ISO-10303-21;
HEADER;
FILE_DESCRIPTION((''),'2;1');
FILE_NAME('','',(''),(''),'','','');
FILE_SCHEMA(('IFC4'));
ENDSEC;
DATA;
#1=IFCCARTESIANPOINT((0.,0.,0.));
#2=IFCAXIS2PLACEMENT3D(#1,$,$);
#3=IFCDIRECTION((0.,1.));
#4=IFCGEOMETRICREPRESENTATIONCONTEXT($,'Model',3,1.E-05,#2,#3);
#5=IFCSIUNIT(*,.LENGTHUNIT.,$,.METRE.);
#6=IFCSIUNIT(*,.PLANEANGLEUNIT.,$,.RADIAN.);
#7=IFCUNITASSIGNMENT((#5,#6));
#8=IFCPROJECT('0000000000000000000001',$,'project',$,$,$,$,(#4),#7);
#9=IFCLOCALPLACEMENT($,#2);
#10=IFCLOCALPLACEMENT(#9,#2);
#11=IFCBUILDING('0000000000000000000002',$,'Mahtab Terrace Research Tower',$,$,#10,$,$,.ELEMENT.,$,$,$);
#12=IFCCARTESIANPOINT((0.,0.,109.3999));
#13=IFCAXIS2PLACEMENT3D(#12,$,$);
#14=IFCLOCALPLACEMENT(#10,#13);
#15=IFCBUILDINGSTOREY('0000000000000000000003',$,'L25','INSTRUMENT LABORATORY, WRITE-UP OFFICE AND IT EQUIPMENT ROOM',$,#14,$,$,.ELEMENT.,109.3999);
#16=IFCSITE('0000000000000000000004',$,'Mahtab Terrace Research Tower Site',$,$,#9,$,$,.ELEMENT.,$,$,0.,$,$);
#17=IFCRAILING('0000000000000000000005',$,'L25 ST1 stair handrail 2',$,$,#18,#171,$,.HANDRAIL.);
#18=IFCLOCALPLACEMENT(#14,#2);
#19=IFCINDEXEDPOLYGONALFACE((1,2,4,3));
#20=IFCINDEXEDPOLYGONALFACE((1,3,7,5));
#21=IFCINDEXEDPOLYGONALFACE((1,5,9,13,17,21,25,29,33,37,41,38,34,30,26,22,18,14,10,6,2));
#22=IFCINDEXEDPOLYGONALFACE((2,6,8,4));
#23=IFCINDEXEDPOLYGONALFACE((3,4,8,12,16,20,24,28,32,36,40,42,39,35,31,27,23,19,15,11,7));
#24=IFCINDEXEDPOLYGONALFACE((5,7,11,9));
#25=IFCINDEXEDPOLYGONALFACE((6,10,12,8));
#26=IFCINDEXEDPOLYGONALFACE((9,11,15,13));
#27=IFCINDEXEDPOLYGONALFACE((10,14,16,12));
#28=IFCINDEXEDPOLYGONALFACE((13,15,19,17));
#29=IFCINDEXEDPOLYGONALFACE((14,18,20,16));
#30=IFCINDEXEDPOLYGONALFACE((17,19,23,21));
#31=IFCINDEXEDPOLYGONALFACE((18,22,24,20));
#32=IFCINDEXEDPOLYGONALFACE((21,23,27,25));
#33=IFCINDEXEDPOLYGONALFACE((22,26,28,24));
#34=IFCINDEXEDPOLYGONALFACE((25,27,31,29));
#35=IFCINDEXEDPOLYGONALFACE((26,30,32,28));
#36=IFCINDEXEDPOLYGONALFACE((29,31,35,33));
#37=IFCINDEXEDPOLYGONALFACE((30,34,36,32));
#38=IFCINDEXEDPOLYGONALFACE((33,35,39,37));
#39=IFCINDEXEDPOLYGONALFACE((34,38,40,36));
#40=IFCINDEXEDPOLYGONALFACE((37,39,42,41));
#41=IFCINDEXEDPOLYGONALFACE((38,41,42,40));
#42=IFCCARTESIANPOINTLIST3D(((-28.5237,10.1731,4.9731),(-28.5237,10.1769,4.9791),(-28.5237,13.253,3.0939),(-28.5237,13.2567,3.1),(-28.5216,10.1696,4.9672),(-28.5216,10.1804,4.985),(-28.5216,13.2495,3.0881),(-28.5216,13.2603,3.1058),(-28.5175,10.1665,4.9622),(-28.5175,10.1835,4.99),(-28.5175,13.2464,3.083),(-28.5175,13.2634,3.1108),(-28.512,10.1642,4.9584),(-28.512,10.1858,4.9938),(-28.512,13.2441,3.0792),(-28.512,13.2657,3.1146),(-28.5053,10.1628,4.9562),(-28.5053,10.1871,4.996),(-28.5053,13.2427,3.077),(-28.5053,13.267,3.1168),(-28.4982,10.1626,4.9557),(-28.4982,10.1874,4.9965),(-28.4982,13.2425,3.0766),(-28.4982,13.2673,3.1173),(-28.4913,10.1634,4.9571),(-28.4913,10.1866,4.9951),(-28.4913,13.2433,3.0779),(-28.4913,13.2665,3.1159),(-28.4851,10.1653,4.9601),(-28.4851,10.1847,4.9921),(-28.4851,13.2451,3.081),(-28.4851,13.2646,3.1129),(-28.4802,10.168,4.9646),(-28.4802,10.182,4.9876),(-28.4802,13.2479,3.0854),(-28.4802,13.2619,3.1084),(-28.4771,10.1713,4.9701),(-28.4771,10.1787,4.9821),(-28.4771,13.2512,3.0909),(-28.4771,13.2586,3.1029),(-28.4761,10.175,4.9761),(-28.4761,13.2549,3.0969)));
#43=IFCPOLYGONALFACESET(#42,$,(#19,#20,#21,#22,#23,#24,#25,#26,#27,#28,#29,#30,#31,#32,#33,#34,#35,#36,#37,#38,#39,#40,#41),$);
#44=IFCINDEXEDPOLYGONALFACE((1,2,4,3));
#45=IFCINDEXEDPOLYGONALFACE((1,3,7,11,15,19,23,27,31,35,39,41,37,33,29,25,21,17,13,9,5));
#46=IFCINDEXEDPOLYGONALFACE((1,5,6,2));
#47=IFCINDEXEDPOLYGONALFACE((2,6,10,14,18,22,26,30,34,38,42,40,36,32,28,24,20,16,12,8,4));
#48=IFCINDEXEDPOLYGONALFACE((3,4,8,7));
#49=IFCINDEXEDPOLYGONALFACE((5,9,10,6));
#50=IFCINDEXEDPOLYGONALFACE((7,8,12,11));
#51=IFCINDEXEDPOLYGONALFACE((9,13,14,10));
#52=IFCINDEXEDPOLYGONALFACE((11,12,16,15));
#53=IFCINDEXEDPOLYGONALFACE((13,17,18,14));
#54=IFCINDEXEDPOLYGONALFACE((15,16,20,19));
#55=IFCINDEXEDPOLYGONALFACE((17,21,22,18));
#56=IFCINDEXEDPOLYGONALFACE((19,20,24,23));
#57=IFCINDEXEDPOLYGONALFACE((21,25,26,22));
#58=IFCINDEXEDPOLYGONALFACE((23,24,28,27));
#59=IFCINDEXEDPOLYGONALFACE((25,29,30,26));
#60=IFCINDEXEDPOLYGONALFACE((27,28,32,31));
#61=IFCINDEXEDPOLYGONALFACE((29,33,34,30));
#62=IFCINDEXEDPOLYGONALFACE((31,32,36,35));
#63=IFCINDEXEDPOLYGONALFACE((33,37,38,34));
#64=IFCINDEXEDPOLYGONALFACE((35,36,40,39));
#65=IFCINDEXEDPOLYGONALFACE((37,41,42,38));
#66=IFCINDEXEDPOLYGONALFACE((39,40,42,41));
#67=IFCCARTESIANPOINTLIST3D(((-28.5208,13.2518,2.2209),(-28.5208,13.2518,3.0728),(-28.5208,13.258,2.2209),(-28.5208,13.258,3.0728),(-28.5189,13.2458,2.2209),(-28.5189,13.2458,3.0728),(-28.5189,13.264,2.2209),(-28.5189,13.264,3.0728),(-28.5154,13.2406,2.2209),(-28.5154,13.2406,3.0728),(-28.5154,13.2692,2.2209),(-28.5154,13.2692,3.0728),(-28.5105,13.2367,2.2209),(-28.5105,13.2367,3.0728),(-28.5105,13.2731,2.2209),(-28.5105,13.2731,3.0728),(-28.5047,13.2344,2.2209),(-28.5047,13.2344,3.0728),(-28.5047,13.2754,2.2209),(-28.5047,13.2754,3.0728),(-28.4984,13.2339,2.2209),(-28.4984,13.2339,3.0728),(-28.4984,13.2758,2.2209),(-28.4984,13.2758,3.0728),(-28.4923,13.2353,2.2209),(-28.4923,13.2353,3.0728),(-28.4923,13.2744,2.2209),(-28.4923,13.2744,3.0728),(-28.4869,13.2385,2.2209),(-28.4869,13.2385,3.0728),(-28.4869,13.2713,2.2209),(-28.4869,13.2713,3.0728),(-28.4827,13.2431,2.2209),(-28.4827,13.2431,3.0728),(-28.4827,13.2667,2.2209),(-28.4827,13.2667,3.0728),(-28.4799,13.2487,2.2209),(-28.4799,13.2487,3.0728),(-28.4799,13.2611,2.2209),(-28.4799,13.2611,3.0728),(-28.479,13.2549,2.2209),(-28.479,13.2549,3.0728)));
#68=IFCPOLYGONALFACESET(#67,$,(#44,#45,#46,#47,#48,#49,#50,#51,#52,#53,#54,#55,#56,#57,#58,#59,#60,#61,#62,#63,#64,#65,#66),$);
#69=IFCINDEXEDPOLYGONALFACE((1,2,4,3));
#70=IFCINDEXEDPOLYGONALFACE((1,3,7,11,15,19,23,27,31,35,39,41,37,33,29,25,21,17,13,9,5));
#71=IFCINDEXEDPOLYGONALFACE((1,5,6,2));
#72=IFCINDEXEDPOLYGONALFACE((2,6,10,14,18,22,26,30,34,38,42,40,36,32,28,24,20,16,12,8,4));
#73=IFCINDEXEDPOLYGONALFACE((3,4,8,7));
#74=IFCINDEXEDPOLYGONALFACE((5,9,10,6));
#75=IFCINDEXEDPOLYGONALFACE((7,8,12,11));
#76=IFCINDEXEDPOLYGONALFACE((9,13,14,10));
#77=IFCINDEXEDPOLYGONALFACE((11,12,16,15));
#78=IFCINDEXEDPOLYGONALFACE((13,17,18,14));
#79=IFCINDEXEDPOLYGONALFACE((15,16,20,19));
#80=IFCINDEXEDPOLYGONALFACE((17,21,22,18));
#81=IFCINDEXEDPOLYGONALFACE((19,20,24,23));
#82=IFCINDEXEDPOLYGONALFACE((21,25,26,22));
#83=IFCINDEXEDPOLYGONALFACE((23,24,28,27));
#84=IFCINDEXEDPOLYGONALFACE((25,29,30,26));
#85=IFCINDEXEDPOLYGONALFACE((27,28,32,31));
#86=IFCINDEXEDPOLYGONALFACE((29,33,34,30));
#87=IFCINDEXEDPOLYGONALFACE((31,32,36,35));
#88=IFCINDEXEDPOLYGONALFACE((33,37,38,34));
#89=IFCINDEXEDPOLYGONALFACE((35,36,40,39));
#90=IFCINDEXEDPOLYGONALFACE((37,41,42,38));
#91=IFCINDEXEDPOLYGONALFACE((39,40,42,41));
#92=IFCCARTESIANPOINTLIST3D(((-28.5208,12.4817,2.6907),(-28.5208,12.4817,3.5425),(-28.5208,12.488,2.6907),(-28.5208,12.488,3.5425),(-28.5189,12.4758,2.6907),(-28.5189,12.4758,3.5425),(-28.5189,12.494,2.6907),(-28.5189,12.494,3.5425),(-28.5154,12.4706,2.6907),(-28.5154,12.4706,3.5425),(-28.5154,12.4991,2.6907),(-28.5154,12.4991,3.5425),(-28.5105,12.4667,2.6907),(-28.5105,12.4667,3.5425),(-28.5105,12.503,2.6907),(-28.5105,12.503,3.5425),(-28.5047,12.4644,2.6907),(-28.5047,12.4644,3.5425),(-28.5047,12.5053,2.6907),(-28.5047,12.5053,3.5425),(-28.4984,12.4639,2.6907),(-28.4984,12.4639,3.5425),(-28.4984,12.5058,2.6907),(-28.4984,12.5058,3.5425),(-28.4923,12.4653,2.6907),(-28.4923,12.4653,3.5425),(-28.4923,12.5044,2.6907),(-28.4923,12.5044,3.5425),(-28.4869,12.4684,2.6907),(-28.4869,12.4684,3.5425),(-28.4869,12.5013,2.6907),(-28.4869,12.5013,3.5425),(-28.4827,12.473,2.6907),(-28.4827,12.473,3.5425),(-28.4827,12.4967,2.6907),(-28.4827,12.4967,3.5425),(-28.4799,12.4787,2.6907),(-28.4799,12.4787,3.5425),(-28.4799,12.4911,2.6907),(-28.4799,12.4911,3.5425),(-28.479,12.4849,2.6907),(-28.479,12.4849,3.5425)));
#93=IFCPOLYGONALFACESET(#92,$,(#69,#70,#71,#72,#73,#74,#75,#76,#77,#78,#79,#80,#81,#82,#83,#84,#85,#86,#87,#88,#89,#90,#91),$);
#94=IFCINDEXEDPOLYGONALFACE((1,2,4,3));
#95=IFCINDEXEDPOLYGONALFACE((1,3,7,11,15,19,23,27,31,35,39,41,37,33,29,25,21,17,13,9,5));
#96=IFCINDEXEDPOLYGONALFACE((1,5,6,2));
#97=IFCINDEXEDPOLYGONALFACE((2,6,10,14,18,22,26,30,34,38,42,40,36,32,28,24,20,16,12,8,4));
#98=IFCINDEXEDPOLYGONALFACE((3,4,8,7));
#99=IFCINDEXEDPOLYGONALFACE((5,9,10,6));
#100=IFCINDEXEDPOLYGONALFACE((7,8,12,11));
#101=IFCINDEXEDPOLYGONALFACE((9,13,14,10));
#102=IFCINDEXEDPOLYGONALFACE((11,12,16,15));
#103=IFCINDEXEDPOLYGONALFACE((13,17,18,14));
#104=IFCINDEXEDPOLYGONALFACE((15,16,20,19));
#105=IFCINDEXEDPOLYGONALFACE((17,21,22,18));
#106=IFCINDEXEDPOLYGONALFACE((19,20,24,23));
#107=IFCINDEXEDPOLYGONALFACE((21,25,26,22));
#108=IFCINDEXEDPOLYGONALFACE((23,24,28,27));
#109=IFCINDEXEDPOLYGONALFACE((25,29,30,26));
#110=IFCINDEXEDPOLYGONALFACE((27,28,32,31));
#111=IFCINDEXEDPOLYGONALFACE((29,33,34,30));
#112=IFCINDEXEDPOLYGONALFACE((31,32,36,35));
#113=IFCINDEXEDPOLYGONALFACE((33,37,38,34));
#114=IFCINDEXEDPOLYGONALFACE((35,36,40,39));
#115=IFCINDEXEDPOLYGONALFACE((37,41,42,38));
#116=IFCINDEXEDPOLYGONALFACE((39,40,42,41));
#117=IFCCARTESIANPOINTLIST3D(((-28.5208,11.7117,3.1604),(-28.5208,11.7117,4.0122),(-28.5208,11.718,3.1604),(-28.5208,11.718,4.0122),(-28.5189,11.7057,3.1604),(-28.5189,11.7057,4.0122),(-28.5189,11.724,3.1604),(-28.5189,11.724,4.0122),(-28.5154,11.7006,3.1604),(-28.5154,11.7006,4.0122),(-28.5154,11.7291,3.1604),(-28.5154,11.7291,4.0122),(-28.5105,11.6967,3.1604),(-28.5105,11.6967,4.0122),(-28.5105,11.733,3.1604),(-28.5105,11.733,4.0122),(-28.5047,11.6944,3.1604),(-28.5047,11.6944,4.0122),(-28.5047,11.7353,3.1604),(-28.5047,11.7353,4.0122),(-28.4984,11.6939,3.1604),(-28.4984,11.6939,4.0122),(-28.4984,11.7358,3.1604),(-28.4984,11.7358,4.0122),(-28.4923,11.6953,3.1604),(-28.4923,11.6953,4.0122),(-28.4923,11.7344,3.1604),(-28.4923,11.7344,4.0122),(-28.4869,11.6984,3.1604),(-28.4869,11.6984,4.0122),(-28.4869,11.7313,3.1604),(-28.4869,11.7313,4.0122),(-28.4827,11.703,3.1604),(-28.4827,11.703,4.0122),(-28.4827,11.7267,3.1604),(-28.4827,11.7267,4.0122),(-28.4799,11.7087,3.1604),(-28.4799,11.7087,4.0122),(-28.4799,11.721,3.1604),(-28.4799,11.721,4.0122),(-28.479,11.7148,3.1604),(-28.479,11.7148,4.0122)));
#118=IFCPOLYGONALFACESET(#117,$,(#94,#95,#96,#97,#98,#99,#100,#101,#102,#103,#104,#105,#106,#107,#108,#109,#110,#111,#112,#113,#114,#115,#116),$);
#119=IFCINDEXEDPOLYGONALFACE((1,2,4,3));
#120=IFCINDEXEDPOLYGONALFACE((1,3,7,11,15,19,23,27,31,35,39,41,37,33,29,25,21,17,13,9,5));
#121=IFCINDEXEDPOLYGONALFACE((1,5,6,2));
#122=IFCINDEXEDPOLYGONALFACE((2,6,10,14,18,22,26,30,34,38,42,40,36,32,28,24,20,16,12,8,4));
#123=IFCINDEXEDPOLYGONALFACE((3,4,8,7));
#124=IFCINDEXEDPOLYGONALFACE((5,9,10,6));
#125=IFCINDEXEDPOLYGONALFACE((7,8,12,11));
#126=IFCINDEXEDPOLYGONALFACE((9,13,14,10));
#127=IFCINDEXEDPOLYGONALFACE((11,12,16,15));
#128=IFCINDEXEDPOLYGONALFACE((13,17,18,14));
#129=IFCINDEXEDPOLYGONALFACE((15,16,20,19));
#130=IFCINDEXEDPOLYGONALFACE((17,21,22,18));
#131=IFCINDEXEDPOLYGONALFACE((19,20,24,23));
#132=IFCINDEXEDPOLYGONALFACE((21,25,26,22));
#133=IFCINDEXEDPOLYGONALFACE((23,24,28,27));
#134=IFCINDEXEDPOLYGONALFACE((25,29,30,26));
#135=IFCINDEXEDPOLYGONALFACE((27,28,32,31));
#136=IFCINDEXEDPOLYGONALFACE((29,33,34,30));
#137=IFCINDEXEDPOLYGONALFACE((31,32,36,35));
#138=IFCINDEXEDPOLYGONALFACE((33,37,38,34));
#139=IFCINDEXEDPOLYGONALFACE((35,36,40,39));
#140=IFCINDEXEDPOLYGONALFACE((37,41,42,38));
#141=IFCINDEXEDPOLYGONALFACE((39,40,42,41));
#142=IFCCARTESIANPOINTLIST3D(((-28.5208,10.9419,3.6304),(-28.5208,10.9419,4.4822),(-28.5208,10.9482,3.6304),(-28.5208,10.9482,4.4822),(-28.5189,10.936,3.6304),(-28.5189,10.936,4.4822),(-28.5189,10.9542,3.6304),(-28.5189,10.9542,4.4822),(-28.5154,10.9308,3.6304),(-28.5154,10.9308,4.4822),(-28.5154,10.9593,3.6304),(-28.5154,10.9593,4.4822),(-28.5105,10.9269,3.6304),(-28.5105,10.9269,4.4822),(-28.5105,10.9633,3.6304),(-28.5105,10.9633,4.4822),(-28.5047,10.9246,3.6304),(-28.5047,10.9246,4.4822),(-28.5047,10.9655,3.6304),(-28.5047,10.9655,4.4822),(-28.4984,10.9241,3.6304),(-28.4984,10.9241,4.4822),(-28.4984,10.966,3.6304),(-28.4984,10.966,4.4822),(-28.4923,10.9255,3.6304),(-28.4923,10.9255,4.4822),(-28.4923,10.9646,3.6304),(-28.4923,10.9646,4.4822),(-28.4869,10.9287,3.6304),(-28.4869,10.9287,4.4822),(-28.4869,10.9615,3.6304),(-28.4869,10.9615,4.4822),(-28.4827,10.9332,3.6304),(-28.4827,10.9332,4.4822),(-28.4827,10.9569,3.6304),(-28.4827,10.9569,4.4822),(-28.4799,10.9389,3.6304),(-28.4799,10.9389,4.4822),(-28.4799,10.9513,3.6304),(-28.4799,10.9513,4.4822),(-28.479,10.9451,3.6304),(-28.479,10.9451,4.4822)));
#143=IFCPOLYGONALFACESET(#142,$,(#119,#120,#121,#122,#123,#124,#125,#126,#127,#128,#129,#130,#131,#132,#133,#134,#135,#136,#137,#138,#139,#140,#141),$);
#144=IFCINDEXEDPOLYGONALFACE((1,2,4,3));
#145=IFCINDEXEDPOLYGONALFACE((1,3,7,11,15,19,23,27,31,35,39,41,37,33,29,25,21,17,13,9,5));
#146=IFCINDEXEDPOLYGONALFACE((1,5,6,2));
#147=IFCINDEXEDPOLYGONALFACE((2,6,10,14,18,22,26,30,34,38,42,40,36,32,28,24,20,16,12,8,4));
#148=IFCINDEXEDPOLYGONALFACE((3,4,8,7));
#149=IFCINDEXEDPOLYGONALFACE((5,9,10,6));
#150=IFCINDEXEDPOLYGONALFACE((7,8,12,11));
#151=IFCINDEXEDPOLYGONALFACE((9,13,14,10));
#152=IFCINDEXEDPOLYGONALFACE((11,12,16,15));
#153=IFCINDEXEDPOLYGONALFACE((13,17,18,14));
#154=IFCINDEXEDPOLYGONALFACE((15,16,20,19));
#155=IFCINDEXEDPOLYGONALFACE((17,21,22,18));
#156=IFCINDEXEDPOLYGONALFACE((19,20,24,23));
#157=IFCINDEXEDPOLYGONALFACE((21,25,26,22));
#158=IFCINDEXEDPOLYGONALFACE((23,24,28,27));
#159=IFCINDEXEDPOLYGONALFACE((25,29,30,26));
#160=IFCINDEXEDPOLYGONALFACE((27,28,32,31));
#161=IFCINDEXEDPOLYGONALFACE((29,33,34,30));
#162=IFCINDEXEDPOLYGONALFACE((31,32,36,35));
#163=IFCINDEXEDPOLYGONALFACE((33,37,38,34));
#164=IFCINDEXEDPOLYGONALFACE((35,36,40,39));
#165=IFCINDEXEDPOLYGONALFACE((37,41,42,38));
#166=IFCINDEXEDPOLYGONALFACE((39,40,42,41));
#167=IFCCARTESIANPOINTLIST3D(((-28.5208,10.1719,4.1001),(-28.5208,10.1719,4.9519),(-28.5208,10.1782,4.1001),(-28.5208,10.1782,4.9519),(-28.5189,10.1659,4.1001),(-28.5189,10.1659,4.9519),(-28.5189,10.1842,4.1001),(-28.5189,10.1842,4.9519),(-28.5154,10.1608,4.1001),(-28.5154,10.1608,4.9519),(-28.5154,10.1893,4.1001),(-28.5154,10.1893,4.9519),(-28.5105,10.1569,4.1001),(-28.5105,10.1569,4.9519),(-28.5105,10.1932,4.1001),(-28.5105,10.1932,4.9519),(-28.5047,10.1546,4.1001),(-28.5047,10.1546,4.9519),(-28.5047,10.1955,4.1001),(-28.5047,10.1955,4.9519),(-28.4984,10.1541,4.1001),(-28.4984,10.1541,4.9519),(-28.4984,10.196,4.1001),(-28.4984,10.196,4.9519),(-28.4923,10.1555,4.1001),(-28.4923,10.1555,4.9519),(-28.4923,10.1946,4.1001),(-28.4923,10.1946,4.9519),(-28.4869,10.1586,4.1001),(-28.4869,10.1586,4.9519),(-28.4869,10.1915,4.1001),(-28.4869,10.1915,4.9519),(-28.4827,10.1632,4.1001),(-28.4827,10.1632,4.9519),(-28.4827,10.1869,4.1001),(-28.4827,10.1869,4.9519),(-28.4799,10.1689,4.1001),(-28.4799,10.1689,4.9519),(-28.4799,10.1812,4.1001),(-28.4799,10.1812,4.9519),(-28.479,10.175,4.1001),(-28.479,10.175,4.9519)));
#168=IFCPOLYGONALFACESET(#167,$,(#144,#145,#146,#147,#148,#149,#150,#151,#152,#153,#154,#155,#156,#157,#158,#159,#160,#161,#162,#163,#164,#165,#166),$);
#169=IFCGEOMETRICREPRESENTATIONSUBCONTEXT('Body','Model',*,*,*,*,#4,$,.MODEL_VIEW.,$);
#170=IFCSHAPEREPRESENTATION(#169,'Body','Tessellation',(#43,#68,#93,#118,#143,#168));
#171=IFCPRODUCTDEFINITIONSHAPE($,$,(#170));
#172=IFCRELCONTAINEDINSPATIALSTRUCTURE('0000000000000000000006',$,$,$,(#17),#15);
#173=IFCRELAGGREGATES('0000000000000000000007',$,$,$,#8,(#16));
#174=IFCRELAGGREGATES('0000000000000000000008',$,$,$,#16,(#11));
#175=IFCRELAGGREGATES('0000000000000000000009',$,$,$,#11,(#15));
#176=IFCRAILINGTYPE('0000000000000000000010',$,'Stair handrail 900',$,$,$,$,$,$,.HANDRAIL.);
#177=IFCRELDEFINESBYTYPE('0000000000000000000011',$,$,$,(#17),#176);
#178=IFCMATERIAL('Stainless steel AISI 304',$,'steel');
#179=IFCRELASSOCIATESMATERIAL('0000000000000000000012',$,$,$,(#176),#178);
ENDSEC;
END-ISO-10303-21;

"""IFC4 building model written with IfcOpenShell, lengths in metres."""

from ifc_helpers import new_model, si_unit, direction, frame, origin, origin_2d, place, context, subcontext, project, spatial, circle, extrude, material, type_object, element, save


model = new_model("IFC4")

# Units and contexts
model_context = context("Model", 3, precision=1e-05, world=origin(), true_north=direction((0.0, 1.0)))
body_context = subcontext(model_context, "Body", "Model", "MODEL_VIEW")
ifc_project = project(units=[si_unit("LENGTHUNIT", "METRE"), si_unit("PLANEANGLEUNIT", "RADIAN")], contexts=[model_context])

# Site, building, storey
site_placement = place(None, origin())
site = spatial("IfcSite", under=ifc_project, at=site_placement, Name="Mahtab Terrace Research Tower Site", CompositionType="ELEMENT", RefElevation=0.0)
building_placement = place(site_placement, origin())
building = spatial("IfcBuilding", under=site, at=building_placement, Name="Mahtab Terrace Research Tower", CompositionType="ELEMENT")
storey_placement = place(building_placement, frame((0.0, 0.0, 109.3999)))
storey = spatial("IfcBuildingStorey", under=building, at=storey_placement, Name="L25", Description="INSTRUMENT LABORATORY, WRITE-UP OFFICE AND IT EQUIPMENT ROOM", CompositionType="ELEMENT", Elevation=109.3999)

# Railing
ifc_material_1 = material(Name="Stainless steel AISI 304", Category="steel")
railing_type_1 = type_object("IfcRailingType", Name="Stair handrail 900", PredefinedType="HANDRAIL", material=ifc_material_1)
railing_1_placement = place(storey_placement, frame((-28.5, 13.2549, 2.2209)))
element("IfcRailing", 1, at=railing_1_placement, inside=storey, type_object=railing_type_1, Name="L25 ST1 stair handrail 2", PredefinedType="HANDRAIL", context=body_context, shape_type="SweptSolid", body=[
    extrude(circle(Radius=0.0239, at=origin_2d()), frame((0.0, 0.0, 0.876), z_axis=(0.0, -0.853648, 0.52085), x_axis=(1.0, 0.0, 0.0)), (0.0, 0.0, 1.0), 3.6079),
    extrude(circle(Radius=0.021, at=origin_2d()), origin(), (0.0, 0.0, 1.0), 0.8518),
    extrude(circle(Radius=0.021, at=origin_2d()), frame((0.0, -0.77, 0.4697)), (0.0, 0.0, 1.0), 0.8518),
    extrude(circle(Radius=0.021, at=origin_2d()), frame((0.0, -1.54, 0.9395)), (0.0, 0.0, 1.0), 0.8518),
    extrude(circle(Radius=0.021, at=origin_2d()), frame((0.0, -2.3098, 1.4094)), (0.0, 0.0, 1.0), 0.8518),
    extrude(circle(Radius=0.021, at=origin_2d()), frame((0.0, -3.0798, 1.8792)), (0.0, 0.0, 1.0), 0.8518),
])

save(model, "model.ifc")
